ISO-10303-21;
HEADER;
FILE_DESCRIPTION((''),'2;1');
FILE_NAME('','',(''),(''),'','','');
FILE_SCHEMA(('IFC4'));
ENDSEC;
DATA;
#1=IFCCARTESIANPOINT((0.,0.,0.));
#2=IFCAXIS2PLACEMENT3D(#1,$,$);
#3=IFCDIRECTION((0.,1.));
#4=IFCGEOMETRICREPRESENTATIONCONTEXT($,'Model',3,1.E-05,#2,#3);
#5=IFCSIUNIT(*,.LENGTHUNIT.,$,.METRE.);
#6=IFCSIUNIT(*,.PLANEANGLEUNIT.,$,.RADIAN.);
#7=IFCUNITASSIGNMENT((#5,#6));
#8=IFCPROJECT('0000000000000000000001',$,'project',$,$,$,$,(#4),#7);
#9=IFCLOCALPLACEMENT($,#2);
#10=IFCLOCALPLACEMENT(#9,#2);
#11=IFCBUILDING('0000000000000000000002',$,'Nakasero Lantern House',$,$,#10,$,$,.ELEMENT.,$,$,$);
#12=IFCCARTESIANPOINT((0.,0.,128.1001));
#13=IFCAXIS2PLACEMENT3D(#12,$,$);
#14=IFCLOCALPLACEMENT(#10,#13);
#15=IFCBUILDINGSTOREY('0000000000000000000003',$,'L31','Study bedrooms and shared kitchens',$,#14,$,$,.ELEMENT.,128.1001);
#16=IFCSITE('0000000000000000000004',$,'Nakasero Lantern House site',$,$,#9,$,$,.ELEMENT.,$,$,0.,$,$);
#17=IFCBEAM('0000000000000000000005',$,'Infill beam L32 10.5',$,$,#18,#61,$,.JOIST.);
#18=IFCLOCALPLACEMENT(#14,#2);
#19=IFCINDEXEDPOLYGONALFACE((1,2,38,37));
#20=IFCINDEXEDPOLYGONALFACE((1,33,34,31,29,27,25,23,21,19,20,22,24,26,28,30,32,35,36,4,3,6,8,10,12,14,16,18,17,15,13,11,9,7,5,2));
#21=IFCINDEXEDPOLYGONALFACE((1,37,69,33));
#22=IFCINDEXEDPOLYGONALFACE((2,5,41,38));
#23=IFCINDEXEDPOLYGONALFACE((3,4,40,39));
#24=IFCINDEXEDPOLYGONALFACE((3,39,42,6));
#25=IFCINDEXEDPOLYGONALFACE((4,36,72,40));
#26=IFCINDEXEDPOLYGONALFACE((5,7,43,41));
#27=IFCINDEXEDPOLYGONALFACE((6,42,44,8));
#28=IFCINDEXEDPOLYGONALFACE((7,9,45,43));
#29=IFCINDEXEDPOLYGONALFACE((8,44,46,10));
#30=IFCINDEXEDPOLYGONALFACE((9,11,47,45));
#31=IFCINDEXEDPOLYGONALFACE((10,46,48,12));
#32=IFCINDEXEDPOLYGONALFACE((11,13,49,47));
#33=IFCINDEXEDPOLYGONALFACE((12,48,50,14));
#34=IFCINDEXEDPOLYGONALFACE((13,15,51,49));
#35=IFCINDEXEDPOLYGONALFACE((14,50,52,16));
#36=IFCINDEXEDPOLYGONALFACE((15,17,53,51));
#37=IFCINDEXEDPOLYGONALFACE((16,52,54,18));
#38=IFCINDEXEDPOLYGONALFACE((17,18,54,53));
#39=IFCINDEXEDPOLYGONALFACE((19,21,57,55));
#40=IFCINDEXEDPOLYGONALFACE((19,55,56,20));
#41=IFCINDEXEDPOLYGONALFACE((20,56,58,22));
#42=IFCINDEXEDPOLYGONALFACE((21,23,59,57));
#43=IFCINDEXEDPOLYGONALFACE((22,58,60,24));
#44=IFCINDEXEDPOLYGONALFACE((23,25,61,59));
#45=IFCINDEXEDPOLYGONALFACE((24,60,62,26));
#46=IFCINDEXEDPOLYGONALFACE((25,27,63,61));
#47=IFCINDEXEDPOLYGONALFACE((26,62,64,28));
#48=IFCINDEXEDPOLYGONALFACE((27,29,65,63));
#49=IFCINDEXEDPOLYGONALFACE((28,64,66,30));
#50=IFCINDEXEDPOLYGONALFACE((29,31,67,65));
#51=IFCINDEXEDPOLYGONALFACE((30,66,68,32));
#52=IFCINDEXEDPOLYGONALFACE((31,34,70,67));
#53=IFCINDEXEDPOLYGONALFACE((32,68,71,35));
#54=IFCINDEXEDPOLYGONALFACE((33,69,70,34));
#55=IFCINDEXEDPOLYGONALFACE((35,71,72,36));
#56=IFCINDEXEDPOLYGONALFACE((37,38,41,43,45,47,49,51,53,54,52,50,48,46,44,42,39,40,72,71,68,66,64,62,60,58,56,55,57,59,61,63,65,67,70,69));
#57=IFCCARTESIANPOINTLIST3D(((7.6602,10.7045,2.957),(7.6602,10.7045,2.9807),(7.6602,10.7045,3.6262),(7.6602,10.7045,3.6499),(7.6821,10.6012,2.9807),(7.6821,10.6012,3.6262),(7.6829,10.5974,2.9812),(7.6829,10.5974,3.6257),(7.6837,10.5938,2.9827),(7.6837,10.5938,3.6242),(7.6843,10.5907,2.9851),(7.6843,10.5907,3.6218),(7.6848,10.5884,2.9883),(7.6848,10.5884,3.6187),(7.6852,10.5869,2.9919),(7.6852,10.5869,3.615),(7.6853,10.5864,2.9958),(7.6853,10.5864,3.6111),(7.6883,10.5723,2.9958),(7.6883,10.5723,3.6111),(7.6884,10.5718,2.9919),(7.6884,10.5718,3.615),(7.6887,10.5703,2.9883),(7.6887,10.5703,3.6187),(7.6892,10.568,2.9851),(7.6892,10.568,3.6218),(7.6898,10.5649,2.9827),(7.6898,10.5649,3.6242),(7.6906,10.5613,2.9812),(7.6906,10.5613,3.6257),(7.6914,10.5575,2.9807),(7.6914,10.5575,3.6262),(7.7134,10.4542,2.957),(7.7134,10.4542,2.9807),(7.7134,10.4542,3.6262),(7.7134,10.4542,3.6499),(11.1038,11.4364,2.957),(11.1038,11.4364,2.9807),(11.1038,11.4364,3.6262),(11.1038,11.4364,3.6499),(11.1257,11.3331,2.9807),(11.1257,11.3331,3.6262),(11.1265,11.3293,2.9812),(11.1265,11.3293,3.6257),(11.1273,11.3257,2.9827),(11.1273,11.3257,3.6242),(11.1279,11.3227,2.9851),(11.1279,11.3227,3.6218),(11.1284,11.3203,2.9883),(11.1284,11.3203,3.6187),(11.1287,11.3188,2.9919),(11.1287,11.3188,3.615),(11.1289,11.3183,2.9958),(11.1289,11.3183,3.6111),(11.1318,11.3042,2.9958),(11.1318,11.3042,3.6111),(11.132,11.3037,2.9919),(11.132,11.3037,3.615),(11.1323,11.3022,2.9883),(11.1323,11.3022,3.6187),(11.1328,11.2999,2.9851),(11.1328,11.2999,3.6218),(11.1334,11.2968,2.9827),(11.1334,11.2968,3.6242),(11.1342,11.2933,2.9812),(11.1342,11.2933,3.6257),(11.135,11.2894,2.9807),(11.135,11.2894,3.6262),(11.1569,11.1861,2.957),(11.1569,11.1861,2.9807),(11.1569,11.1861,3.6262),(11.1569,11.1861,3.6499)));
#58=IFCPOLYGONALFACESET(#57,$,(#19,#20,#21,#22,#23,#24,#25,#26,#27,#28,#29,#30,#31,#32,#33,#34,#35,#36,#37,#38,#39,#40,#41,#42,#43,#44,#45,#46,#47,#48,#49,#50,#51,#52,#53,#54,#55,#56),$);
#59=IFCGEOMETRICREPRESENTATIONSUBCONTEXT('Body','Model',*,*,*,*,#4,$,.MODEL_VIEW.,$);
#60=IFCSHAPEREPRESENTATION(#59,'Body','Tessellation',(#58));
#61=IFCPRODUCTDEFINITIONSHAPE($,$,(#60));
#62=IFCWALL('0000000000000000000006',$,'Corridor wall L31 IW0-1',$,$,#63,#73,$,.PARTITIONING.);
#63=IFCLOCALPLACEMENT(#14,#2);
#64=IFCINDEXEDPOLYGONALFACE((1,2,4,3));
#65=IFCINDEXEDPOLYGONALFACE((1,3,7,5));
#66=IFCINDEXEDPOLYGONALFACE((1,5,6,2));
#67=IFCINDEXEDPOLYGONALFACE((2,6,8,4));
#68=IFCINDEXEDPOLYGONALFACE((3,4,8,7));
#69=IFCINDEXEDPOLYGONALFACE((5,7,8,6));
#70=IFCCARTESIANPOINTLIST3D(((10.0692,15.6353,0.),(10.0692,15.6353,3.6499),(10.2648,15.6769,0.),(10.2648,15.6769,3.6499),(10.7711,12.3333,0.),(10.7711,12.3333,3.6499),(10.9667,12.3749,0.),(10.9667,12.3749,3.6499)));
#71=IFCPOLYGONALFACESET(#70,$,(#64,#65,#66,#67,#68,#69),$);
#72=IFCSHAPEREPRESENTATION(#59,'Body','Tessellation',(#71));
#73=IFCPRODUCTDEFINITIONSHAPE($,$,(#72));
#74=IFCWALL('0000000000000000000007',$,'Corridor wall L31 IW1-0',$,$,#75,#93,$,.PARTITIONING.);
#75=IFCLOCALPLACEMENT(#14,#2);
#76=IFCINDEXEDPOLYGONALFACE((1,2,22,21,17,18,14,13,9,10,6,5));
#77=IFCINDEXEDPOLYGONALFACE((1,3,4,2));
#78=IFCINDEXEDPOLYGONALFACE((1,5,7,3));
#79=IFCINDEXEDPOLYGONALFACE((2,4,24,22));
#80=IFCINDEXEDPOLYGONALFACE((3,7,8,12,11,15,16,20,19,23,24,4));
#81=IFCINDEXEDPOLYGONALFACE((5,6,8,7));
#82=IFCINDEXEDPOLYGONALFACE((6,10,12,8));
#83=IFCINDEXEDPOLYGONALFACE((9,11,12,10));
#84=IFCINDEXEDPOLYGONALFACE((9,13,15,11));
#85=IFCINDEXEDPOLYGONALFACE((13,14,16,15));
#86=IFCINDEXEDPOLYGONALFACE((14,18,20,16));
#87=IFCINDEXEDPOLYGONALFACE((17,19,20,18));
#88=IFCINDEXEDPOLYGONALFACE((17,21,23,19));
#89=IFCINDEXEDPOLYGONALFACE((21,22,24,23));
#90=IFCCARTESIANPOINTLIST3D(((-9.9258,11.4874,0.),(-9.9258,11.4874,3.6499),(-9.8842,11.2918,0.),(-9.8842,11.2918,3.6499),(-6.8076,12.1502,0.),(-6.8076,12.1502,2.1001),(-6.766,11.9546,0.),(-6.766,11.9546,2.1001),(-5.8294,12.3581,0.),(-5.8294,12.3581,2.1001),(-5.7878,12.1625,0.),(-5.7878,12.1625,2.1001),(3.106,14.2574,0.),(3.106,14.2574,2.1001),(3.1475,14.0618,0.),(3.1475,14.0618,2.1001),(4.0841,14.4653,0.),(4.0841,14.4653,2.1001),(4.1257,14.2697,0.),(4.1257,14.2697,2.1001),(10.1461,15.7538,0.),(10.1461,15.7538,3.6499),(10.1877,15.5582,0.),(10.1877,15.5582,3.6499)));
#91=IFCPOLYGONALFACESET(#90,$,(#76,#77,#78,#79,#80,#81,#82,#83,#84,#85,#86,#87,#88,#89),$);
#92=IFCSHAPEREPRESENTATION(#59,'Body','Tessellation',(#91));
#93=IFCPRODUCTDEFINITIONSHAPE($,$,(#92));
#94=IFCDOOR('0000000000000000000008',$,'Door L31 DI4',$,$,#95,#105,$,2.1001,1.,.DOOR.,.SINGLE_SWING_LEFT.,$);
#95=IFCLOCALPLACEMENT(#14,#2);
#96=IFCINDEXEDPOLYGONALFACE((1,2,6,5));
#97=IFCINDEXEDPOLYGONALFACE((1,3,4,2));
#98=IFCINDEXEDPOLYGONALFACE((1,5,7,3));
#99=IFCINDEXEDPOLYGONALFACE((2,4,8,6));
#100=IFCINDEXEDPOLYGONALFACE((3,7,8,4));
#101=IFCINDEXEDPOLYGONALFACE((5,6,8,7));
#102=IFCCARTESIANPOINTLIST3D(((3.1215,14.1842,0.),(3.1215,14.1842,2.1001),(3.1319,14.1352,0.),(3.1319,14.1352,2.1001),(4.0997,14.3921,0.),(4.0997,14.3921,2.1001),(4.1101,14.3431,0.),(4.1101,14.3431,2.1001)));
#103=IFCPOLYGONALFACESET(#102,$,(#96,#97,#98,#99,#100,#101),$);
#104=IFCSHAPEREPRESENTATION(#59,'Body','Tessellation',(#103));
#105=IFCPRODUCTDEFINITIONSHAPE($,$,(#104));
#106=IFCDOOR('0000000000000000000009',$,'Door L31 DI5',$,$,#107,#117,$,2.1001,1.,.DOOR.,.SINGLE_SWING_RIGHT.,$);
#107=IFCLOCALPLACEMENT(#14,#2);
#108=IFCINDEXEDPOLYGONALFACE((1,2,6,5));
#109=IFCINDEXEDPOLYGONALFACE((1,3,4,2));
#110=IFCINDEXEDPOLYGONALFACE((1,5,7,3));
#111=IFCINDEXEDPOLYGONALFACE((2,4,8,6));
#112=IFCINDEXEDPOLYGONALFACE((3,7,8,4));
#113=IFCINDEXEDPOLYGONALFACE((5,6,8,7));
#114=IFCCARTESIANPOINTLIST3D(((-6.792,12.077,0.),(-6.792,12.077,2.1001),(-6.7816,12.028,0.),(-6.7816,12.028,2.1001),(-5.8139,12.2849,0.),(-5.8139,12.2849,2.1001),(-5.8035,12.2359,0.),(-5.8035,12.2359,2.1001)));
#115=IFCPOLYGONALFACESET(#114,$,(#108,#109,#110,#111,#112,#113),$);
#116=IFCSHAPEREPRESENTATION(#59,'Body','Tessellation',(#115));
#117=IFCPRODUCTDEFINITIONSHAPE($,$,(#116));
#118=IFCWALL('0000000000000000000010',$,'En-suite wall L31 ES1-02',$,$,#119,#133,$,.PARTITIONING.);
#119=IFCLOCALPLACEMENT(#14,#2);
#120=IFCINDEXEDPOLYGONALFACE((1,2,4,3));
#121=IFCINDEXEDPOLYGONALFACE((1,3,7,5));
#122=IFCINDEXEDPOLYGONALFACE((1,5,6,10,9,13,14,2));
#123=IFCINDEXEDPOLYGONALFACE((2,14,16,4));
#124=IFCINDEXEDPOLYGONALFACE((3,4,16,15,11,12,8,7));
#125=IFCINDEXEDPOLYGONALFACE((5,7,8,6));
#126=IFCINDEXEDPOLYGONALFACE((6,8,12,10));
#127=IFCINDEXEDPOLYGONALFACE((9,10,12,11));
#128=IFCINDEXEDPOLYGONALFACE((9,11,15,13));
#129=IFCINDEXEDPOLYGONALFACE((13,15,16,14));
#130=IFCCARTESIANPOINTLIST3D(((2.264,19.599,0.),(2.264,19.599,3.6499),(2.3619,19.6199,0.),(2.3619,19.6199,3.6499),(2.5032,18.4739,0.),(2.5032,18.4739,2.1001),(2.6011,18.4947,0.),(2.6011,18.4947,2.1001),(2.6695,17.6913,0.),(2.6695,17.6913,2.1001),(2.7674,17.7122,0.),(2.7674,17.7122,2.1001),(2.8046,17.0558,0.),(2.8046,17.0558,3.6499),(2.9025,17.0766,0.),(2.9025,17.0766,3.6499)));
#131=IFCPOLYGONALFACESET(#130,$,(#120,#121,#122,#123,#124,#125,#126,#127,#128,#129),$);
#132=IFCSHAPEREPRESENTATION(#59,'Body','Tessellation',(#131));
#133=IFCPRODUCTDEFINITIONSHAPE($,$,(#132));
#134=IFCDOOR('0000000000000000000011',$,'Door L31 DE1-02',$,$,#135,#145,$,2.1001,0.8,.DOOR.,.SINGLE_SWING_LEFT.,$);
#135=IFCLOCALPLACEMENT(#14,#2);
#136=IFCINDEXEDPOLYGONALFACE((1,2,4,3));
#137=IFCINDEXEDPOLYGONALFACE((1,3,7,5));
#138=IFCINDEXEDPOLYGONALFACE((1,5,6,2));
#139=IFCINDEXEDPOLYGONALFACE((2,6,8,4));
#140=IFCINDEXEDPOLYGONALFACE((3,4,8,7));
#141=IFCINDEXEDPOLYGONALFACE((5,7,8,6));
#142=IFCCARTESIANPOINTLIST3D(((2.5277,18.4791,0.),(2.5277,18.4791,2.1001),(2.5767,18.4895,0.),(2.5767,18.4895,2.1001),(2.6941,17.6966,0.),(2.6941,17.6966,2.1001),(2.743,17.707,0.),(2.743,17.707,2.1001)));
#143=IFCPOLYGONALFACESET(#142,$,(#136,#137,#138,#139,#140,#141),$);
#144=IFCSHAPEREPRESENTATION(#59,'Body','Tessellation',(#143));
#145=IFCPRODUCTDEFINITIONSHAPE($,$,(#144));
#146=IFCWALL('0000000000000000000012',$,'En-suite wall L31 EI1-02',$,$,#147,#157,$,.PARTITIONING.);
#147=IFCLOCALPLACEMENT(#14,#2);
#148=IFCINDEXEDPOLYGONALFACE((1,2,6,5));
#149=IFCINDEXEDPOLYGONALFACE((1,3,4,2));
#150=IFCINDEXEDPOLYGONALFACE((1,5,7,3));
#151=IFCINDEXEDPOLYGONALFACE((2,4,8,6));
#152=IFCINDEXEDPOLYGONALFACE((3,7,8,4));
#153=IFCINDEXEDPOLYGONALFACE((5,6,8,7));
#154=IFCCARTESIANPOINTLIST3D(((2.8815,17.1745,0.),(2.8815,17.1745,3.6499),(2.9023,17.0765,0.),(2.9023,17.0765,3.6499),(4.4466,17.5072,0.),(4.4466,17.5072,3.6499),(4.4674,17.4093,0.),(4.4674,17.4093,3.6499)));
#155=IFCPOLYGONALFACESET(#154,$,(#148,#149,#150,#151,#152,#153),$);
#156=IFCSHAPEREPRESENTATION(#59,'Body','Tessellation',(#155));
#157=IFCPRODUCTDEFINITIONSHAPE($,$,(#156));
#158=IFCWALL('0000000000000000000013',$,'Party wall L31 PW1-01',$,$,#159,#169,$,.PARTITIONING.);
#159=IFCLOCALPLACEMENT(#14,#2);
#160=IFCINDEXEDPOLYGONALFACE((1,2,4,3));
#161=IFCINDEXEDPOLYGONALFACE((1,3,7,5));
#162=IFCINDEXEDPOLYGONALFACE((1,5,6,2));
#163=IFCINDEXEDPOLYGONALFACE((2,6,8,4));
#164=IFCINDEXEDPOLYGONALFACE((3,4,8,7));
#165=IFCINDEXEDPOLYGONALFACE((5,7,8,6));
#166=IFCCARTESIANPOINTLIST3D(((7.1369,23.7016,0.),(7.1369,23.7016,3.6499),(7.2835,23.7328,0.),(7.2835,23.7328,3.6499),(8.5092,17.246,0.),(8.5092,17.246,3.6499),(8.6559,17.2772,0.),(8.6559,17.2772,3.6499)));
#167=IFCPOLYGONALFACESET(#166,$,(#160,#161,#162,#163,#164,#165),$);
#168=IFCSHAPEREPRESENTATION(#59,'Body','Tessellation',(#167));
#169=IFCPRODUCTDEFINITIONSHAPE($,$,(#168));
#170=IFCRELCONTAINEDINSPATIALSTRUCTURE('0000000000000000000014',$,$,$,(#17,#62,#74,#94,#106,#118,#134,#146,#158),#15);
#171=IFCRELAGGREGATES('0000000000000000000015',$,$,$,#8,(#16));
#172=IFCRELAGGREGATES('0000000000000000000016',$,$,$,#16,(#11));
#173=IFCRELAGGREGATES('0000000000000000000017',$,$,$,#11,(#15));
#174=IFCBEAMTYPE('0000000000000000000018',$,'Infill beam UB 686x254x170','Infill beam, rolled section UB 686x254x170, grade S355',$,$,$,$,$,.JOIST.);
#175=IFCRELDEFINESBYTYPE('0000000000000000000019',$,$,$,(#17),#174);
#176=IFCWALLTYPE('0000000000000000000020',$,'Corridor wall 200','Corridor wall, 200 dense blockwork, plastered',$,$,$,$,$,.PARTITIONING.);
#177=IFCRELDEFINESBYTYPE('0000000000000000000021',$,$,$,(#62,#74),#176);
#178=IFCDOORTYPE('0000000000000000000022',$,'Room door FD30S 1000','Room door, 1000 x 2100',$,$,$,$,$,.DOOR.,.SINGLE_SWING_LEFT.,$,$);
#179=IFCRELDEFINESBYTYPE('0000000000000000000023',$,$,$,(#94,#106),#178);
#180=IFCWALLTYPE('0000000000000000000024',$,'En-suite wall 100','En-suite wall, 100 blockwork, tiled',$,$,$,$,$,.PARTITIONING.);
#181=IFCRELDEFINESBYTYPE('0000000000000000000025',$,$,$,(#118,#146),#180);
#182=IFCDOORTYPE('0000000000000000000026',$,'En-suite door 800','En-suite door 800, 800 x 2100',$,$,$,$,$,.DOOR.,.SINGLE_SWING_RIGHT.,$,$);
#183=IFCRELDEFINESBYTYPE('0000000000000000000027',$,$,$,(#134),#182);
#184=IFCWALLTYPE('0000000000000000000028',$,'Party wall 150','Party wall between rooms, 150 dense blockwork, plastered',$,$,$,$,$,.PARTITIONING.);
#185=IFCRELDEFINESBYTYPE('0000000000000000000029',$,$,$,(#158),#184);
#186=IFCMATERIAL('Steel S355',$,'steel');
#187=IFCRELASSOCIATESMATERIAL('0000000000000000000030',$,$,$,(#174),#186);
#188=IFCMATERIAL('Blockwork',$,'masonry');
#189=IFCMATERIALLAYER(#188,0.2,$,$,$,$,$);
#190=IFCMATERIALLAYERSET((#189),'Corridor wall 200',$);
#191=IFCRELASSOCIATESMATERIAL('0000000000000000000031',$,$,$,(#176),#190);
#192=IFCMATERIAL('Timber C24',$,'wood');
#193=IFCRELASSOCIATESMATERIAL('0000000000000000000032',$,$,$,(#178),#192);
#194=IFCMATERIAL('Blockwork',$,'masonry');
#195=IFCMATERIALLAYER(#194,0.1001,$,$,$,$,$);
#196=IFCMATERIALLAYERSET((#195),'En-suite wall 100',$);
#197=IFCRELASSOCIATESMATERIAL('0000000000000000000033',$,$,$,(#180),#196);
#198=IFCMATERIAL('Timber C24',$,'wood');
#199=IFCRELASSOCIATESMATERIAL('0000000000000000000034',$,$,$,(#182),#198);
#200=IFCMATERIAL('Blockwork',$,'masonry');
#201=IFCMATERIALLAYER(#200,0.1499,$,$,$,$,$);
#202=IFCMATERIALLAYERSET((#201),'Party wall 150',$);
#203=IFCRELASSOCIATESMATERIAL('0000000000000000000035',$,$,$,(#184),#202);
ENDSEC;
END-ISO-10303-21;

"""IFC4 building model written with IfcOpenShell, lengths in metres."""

from ifc_helpers import new_model, si_unit, direction, frame, frame_2d, origin, origin_2d, place, context, subcontext, project, spatial, rectangle, i_section, extrude, material, layer, layer_set, material_profile, profile_set, type_object, element, fill, save


model = new_model("IFC4")

# Units and contexts
model_context = context("Model", 3, precision=1e-05, world=origin(), true_north=direction((0.0, 1.0)))
body_context = subcontext(model_context, "Body", "Model", "MODEL_VIEW")
ifc_project = project(units=[si_unit("LENGTHUNIT", "METRE"), si_unit("PLANEANGLEUNIT", "RADIAN")], contexts=[model_context])

# Site, building, storey
site_placement = place(None, origin())
site = spatial("IfcSite", under=ifc_project, at=site_placement, Name="Nakasero Lantern House site", CompositionType="ELEMENT", RefElevation=0.0)
building_placement = place(site_placement, origin())
building = spatial("IfcBuilding", under=site, at=building_placement, Name="Nakasero Lantern House", CompositionType="ELEMENT")
storey_placement = place(building_placement, frame((0.0, 0.0, 128.1001)))
storey = spatial("IfcBuildingStorey", under=building, at=storey_placement, Name="L31", Description="Study bedrooms and shared kitchens", CompositionType="ELEMENT", Elevation=128.1001)

# Beam
ifc_material_1 = material(Name="Steel S355", Category="steel")
ifc_material_profile_1 = material_profile(ifc_material_1, i_section(OverallWidth=0.2559, OverallDepth=0.6929, WebThickness=0.0144, FlangeThickness=0.0237, FilletRadius=0.0151, at=origin_2d()), Name="UB 686x254x170")
ifc_profile_set_1 = profile_set([ifc_material_profile_1], Name="Steel S355")
beam_type_1 = type_object("IfcBeamType", Name="Infill beam UB 686x254x170", Description="Infill beam, rolled section UB 686x254x170, grade S355", PredefinedType="JOIST", material=ifc_profile_set_1)
beam_1_placement = place(storey_placement, frame((7.6868, 10.5793, 3.3035), z_axis=(0.978149, 0.207904, 0.0), x_axis=(-0.207904, 0.978149, 0.0)))
element("IfcBeam", 1, at=beam_1_placement, inside=storey, type_object=beam_type_1, Name="Infill beam L32 10.5", PredefinedType="JOIST", context=body_context, shape_type="SweptSolid", body=[
    extrude(i_section(OverallWidth=0.2559, OverallDepth=0.6929, WebThickness=0.0144, FlangeThickness=0.0237, FilletRadius=0.0151, at=origin_2d()), origin(), (0.0, 0.0, 1.0), 3.5205),
])

# Wall
ifc_material_2 = material(Name="Blockwork", Category="masonry")
ifc_layer_1 = layer(ifc_material_2, 0.2)
ifc_layer_set_1 = layer_set([ifc_layer_1], Name="Corridor wall 200")
wall_type_1 = type_object("IfcWallType", Name="Corridor wall 200", Description="Corridor wall, 200 dense blockwork, plastered", PredefinedType="PARTITIONING", material=ifc_layer_set_1)
wall_1_placement = place(storey_placement, frame((10.8689, 12.354, 0.0), z_axis=(0.0, 0.0, 1.0), x_axis=(-0.207924, 0.978145, 0.0)))
element("IfcWall", 2, at=wall_1_placement, inside=storey, type_object=wall_type_1, Name="Corridor wall L31 IW0-1", PredefinedType="PARTITIONING", context=body_context, shape_type="SweptSolid", body=[
    extrude(rectangle(XDim=3.3757, YDim=0.2, at=frame_2d((1.688, 0.0))), origin(), (0.0, 0.0, 1.0), 3.6499),
])

# Wall, openings, doors
wall_2_placement = place(storey_placement, frame((10.167, 15.656, 0.0), z_axis=(0.0, 0.0, 1.0), x_axis=(-0.978148, -0.20791, 0.0)))
wall_2 = element("IfcWall", 3, at=wall_2_placement, inside=storey, type_object=wall_type_1, Name="Corridor wall L31 IW1-0", PredefinedType="PARTITIONING", context=body_context, shape_type="SweptSolid", body=[
    extrude(rectangle(XDim=20.5203, YDim=0.2, at=frame_2d((10.2603, 0.0))), origin(), (0.0, 0.0, 1.0), 3.6499),
])
opening_1_placement = place(wall_2_placement, frame((6.1975, 0.0, 0.0)))
opening_1 = element("IfcOpeningElement", 4, at=opening_1_placement, cuts=wall_2, PredefinedType="OPENING", context=body_context, shape_type="SweptSolid", body=[
    extrude(rectangle(XDim=1.0, YDim=2.1001, at=frame_2d((0.5, 1.05))), frame((0.0, 0.1199, 0.0), z_axis=(0.0, -1.0, 0.0), x_axis=(1.0, 0.0, 0.0)), (0.0, 0.0, 1.0), 0.24),
])
opening_2_placement = place(wall_2_placement, frame((16.3325, 0.0, 0.0)))
opening_2 = element("IfcOpeningElement", 5, at=opening_2_placement, cuts=wall_2, PredefinedType="OPENING", context=body_context, shape_type="SweptSolid", body=[
    extrude(rectangle(XDim=1.0, YDim=2.1001, at=frame_2d((0.5, 1.05))), frame((0.0, 0.1199, 0.0), z_axis=(0.0, -1.0, 0.0), x_axis=(1.0, 0.0, 0.0)), (0.0, 0.0, 1.0), 0.24),
])
ifc_material_3 = material(Name="Timber C24", Category="wood")
door_type_1 = type_object("IfcDoorType", Name="Room door FD30S 1000", Description="Room door, 1000 x 2100", OperationType="SINGLE_SWING_LEFT", PredefinedType="DOOR", material=ifc_material_3)
door_1_placement = place(opening_1_placement, origin())
door_1 = element("IfcDoor", 6, at=door_1_placement, inside=storey, type_object=door_type_1, Name="Door L31 DI4", OperationType="SINGLE_SWING_LEFT", OverallHeight=2.1001, OverallWidth=1.0, PredefinedType="DOOR", context=body_context, shape_type="SweptSolid", body=[
    extrude(rectangle(XDim=1.0, YDim=2.1001, at=frame_2d((0.5, 1.05))), frame((0.0, 0.0249, 0.0), z_axis=(0.0, -1.0, 0.0), x_axis=(1.0, 0.0, 0.0)), (0.0, 0.0, 1.0), 0.05),
])
fill(opening_1, door_1)
door_2_placement = place(opening_2_placement, origin())
door_2 = element("IfcDoor", 7, at=door_2_placement, inside=storey, type_object=door_type_1, Name="Door L31 DI5", OperationType="SINGLE_SWING_RIGHT", OverallHeight=2.1001, OverallWidth=1.0, PredefinedType="DOOR", context=body_context, shape_type="SweptSolid", body=[
    extrude(rectangle(XDim=1.0, YDim=2.1001, at=frame_2d((0.5, 1.05))), frame((0.0, 0.0249, 0.0), z_axis=(0.0, -1.0, 0.0), x_axis=(1.0, 0.0, 0.0)), (0.0, 0.0, 1.0), 0.05),
])
fill(opening_2, door_2)

# Wall, opening, door
ifc_material_4 = material(Name="Blockwork", Category="masonry")
ifc_layer_2 = layer(ifc_material_4, 0.1001)
ifc_layer_set_2 = layer_set([ifc_layer_2], Name="En-suite wall 100")
wall_type_2 = type_object("IfcWallType", Name="En-suite wall 100", Description="En-suite wall, 100 blockwork, tiled", PredefinedType="PARTITIONING", material=ifc_layer_set_2)
wall_3_placement = place(storey_placement, frame((2.8535, 17.0662, 0.0), z_axis=(0.0, 0.0, 1.0), x_axis=(-0.207894, 0.978151, 0.0)))
wall_3 = element("IfcWall", 8, at=wall_3_placement, inside=storey, type_object=wall_type_2, Name="En-suite wall L31 ES1-02", PredefinedType="PARTITIONING", context=body_context, shape_type="SweptSolid", body=[
    extrude(rectangle(XDim=2.6001, YDim=0.1001, at=frame_2d((1.3, 0.0))), origin(), (0.0, 0.0, 1.0), 3.6499),
])
opening_3_placement = place(wall_3_placement, frame((0.6499, 0.0, 0.0)))
opening_3 = element("IfcOpeningElement", 9, at=opening_3_placement, cuts=wall_3, PredefinedType="OPENING", context=body_context, shape_type="SweptSolid", body=[
    extrude(rectangle(XDim=0.8, YDim=2.1001, at=frame_2d((0.3999, 1.05))), frame((0.0, 0.0701, 0.0), z_axis=(0.0, -1.0, 0.0), x_axis=(1.0, 0.0, 0.0)), (0.0, 0.0, 1.0), 0.1401),
])
ifc_material_5 = material(Name="Timber C24", Category="wood")
door_type_2 = type_object("IfcDoorType", Name="En-suite door 800", Description="En-suite door 800, 800 x 2100", OperationType="SINGLE_SWING_RIGHT", PredefinedType="DOOR", material=ifc_material_5)
door_3_placement = place(opening_3_placement, origin())
door_3 = element("IfcDoor", 10, at=door_3_placement, inside=storey, type_object=door_type_2, Name="Door L31 DE1-02", OperationType="SINGLE_SWING_LEFT", OverallHeight=2.1001, OverallWidth=0.8, PredefinedType="DOOR", context=body_context, shape_type="SweptSolid", body=[
    extrude(rectangle(XDim=0.8, YDim=2.1001, at=frame_2d((0.3999, 1.05))), frame((0.0, 0.0249, 0.0), z_axis=(0.0, -1.0, 0.0), x_axis=(1.0, 0.0, 0.0)), (0.0, 0.0, 1.0), 0.05),
])
fill(opening_3, door_3)

# Walls
wall_4_placement = place(storey_placement, frame((4.457, 17.4583, 0.0), z_axis=(0.0, 0.0, 1.0), x_axis=(-0.978138, -0.207955, 0.0)))
element("IfcWall", 11, at=wall_4_placement, inside=storey, type_object=wall_type_2, Name="En-suite wall L31 EI1-02", PredefinedType="PARTITIONING", context=body_context, shape_type="SweptSolid", body=[
    extrude(rectangle(XDim=1.6001, YDim=0.1001, at=frame_2d((0.8, 0.0))), origin(), (0.0, 0.0, 1.0), 3.6499),
])
ifc_material_6 = material(Name="Blockwork", Category="masonry")
ifc_layer_3 = layer(ifc_material_6, 0.1499)
ifc_layer_set_3 = layer_set([ifc_layer_3], Name="Party wall 150")
wall_type_3 = type_object("IfcWallType", Name="Party wall 150", Description="Party wall between rooms, 150 dense blockwork, plastered", PredefinedType="PARTITIONING", material=ifc_layer_set_3)
wall_5_placement = place(storey_placement, frame((8.5825, 17.2617, 0.0), z_axis=(0.0, 0.0, 1.0), x_axis=(-0.207932, 0.978143, 0.0)))
element("IfcWall", 12, at=wall_5_placement, inside=storey, type_object=wall_type_3, Name="Party wall L31 PW1-01", PredefinedType="PARTITIONING", context=body_context, shape_type="SweptSolid", body=[
    extrude(rectangle(XDim=6.5999, YDim=0.1499, at=frame_2d((3.2998, 0.0))), origin(), (0.0, 0.0, 1.0), 3.6499),
])

save(model, "model.ifc")
